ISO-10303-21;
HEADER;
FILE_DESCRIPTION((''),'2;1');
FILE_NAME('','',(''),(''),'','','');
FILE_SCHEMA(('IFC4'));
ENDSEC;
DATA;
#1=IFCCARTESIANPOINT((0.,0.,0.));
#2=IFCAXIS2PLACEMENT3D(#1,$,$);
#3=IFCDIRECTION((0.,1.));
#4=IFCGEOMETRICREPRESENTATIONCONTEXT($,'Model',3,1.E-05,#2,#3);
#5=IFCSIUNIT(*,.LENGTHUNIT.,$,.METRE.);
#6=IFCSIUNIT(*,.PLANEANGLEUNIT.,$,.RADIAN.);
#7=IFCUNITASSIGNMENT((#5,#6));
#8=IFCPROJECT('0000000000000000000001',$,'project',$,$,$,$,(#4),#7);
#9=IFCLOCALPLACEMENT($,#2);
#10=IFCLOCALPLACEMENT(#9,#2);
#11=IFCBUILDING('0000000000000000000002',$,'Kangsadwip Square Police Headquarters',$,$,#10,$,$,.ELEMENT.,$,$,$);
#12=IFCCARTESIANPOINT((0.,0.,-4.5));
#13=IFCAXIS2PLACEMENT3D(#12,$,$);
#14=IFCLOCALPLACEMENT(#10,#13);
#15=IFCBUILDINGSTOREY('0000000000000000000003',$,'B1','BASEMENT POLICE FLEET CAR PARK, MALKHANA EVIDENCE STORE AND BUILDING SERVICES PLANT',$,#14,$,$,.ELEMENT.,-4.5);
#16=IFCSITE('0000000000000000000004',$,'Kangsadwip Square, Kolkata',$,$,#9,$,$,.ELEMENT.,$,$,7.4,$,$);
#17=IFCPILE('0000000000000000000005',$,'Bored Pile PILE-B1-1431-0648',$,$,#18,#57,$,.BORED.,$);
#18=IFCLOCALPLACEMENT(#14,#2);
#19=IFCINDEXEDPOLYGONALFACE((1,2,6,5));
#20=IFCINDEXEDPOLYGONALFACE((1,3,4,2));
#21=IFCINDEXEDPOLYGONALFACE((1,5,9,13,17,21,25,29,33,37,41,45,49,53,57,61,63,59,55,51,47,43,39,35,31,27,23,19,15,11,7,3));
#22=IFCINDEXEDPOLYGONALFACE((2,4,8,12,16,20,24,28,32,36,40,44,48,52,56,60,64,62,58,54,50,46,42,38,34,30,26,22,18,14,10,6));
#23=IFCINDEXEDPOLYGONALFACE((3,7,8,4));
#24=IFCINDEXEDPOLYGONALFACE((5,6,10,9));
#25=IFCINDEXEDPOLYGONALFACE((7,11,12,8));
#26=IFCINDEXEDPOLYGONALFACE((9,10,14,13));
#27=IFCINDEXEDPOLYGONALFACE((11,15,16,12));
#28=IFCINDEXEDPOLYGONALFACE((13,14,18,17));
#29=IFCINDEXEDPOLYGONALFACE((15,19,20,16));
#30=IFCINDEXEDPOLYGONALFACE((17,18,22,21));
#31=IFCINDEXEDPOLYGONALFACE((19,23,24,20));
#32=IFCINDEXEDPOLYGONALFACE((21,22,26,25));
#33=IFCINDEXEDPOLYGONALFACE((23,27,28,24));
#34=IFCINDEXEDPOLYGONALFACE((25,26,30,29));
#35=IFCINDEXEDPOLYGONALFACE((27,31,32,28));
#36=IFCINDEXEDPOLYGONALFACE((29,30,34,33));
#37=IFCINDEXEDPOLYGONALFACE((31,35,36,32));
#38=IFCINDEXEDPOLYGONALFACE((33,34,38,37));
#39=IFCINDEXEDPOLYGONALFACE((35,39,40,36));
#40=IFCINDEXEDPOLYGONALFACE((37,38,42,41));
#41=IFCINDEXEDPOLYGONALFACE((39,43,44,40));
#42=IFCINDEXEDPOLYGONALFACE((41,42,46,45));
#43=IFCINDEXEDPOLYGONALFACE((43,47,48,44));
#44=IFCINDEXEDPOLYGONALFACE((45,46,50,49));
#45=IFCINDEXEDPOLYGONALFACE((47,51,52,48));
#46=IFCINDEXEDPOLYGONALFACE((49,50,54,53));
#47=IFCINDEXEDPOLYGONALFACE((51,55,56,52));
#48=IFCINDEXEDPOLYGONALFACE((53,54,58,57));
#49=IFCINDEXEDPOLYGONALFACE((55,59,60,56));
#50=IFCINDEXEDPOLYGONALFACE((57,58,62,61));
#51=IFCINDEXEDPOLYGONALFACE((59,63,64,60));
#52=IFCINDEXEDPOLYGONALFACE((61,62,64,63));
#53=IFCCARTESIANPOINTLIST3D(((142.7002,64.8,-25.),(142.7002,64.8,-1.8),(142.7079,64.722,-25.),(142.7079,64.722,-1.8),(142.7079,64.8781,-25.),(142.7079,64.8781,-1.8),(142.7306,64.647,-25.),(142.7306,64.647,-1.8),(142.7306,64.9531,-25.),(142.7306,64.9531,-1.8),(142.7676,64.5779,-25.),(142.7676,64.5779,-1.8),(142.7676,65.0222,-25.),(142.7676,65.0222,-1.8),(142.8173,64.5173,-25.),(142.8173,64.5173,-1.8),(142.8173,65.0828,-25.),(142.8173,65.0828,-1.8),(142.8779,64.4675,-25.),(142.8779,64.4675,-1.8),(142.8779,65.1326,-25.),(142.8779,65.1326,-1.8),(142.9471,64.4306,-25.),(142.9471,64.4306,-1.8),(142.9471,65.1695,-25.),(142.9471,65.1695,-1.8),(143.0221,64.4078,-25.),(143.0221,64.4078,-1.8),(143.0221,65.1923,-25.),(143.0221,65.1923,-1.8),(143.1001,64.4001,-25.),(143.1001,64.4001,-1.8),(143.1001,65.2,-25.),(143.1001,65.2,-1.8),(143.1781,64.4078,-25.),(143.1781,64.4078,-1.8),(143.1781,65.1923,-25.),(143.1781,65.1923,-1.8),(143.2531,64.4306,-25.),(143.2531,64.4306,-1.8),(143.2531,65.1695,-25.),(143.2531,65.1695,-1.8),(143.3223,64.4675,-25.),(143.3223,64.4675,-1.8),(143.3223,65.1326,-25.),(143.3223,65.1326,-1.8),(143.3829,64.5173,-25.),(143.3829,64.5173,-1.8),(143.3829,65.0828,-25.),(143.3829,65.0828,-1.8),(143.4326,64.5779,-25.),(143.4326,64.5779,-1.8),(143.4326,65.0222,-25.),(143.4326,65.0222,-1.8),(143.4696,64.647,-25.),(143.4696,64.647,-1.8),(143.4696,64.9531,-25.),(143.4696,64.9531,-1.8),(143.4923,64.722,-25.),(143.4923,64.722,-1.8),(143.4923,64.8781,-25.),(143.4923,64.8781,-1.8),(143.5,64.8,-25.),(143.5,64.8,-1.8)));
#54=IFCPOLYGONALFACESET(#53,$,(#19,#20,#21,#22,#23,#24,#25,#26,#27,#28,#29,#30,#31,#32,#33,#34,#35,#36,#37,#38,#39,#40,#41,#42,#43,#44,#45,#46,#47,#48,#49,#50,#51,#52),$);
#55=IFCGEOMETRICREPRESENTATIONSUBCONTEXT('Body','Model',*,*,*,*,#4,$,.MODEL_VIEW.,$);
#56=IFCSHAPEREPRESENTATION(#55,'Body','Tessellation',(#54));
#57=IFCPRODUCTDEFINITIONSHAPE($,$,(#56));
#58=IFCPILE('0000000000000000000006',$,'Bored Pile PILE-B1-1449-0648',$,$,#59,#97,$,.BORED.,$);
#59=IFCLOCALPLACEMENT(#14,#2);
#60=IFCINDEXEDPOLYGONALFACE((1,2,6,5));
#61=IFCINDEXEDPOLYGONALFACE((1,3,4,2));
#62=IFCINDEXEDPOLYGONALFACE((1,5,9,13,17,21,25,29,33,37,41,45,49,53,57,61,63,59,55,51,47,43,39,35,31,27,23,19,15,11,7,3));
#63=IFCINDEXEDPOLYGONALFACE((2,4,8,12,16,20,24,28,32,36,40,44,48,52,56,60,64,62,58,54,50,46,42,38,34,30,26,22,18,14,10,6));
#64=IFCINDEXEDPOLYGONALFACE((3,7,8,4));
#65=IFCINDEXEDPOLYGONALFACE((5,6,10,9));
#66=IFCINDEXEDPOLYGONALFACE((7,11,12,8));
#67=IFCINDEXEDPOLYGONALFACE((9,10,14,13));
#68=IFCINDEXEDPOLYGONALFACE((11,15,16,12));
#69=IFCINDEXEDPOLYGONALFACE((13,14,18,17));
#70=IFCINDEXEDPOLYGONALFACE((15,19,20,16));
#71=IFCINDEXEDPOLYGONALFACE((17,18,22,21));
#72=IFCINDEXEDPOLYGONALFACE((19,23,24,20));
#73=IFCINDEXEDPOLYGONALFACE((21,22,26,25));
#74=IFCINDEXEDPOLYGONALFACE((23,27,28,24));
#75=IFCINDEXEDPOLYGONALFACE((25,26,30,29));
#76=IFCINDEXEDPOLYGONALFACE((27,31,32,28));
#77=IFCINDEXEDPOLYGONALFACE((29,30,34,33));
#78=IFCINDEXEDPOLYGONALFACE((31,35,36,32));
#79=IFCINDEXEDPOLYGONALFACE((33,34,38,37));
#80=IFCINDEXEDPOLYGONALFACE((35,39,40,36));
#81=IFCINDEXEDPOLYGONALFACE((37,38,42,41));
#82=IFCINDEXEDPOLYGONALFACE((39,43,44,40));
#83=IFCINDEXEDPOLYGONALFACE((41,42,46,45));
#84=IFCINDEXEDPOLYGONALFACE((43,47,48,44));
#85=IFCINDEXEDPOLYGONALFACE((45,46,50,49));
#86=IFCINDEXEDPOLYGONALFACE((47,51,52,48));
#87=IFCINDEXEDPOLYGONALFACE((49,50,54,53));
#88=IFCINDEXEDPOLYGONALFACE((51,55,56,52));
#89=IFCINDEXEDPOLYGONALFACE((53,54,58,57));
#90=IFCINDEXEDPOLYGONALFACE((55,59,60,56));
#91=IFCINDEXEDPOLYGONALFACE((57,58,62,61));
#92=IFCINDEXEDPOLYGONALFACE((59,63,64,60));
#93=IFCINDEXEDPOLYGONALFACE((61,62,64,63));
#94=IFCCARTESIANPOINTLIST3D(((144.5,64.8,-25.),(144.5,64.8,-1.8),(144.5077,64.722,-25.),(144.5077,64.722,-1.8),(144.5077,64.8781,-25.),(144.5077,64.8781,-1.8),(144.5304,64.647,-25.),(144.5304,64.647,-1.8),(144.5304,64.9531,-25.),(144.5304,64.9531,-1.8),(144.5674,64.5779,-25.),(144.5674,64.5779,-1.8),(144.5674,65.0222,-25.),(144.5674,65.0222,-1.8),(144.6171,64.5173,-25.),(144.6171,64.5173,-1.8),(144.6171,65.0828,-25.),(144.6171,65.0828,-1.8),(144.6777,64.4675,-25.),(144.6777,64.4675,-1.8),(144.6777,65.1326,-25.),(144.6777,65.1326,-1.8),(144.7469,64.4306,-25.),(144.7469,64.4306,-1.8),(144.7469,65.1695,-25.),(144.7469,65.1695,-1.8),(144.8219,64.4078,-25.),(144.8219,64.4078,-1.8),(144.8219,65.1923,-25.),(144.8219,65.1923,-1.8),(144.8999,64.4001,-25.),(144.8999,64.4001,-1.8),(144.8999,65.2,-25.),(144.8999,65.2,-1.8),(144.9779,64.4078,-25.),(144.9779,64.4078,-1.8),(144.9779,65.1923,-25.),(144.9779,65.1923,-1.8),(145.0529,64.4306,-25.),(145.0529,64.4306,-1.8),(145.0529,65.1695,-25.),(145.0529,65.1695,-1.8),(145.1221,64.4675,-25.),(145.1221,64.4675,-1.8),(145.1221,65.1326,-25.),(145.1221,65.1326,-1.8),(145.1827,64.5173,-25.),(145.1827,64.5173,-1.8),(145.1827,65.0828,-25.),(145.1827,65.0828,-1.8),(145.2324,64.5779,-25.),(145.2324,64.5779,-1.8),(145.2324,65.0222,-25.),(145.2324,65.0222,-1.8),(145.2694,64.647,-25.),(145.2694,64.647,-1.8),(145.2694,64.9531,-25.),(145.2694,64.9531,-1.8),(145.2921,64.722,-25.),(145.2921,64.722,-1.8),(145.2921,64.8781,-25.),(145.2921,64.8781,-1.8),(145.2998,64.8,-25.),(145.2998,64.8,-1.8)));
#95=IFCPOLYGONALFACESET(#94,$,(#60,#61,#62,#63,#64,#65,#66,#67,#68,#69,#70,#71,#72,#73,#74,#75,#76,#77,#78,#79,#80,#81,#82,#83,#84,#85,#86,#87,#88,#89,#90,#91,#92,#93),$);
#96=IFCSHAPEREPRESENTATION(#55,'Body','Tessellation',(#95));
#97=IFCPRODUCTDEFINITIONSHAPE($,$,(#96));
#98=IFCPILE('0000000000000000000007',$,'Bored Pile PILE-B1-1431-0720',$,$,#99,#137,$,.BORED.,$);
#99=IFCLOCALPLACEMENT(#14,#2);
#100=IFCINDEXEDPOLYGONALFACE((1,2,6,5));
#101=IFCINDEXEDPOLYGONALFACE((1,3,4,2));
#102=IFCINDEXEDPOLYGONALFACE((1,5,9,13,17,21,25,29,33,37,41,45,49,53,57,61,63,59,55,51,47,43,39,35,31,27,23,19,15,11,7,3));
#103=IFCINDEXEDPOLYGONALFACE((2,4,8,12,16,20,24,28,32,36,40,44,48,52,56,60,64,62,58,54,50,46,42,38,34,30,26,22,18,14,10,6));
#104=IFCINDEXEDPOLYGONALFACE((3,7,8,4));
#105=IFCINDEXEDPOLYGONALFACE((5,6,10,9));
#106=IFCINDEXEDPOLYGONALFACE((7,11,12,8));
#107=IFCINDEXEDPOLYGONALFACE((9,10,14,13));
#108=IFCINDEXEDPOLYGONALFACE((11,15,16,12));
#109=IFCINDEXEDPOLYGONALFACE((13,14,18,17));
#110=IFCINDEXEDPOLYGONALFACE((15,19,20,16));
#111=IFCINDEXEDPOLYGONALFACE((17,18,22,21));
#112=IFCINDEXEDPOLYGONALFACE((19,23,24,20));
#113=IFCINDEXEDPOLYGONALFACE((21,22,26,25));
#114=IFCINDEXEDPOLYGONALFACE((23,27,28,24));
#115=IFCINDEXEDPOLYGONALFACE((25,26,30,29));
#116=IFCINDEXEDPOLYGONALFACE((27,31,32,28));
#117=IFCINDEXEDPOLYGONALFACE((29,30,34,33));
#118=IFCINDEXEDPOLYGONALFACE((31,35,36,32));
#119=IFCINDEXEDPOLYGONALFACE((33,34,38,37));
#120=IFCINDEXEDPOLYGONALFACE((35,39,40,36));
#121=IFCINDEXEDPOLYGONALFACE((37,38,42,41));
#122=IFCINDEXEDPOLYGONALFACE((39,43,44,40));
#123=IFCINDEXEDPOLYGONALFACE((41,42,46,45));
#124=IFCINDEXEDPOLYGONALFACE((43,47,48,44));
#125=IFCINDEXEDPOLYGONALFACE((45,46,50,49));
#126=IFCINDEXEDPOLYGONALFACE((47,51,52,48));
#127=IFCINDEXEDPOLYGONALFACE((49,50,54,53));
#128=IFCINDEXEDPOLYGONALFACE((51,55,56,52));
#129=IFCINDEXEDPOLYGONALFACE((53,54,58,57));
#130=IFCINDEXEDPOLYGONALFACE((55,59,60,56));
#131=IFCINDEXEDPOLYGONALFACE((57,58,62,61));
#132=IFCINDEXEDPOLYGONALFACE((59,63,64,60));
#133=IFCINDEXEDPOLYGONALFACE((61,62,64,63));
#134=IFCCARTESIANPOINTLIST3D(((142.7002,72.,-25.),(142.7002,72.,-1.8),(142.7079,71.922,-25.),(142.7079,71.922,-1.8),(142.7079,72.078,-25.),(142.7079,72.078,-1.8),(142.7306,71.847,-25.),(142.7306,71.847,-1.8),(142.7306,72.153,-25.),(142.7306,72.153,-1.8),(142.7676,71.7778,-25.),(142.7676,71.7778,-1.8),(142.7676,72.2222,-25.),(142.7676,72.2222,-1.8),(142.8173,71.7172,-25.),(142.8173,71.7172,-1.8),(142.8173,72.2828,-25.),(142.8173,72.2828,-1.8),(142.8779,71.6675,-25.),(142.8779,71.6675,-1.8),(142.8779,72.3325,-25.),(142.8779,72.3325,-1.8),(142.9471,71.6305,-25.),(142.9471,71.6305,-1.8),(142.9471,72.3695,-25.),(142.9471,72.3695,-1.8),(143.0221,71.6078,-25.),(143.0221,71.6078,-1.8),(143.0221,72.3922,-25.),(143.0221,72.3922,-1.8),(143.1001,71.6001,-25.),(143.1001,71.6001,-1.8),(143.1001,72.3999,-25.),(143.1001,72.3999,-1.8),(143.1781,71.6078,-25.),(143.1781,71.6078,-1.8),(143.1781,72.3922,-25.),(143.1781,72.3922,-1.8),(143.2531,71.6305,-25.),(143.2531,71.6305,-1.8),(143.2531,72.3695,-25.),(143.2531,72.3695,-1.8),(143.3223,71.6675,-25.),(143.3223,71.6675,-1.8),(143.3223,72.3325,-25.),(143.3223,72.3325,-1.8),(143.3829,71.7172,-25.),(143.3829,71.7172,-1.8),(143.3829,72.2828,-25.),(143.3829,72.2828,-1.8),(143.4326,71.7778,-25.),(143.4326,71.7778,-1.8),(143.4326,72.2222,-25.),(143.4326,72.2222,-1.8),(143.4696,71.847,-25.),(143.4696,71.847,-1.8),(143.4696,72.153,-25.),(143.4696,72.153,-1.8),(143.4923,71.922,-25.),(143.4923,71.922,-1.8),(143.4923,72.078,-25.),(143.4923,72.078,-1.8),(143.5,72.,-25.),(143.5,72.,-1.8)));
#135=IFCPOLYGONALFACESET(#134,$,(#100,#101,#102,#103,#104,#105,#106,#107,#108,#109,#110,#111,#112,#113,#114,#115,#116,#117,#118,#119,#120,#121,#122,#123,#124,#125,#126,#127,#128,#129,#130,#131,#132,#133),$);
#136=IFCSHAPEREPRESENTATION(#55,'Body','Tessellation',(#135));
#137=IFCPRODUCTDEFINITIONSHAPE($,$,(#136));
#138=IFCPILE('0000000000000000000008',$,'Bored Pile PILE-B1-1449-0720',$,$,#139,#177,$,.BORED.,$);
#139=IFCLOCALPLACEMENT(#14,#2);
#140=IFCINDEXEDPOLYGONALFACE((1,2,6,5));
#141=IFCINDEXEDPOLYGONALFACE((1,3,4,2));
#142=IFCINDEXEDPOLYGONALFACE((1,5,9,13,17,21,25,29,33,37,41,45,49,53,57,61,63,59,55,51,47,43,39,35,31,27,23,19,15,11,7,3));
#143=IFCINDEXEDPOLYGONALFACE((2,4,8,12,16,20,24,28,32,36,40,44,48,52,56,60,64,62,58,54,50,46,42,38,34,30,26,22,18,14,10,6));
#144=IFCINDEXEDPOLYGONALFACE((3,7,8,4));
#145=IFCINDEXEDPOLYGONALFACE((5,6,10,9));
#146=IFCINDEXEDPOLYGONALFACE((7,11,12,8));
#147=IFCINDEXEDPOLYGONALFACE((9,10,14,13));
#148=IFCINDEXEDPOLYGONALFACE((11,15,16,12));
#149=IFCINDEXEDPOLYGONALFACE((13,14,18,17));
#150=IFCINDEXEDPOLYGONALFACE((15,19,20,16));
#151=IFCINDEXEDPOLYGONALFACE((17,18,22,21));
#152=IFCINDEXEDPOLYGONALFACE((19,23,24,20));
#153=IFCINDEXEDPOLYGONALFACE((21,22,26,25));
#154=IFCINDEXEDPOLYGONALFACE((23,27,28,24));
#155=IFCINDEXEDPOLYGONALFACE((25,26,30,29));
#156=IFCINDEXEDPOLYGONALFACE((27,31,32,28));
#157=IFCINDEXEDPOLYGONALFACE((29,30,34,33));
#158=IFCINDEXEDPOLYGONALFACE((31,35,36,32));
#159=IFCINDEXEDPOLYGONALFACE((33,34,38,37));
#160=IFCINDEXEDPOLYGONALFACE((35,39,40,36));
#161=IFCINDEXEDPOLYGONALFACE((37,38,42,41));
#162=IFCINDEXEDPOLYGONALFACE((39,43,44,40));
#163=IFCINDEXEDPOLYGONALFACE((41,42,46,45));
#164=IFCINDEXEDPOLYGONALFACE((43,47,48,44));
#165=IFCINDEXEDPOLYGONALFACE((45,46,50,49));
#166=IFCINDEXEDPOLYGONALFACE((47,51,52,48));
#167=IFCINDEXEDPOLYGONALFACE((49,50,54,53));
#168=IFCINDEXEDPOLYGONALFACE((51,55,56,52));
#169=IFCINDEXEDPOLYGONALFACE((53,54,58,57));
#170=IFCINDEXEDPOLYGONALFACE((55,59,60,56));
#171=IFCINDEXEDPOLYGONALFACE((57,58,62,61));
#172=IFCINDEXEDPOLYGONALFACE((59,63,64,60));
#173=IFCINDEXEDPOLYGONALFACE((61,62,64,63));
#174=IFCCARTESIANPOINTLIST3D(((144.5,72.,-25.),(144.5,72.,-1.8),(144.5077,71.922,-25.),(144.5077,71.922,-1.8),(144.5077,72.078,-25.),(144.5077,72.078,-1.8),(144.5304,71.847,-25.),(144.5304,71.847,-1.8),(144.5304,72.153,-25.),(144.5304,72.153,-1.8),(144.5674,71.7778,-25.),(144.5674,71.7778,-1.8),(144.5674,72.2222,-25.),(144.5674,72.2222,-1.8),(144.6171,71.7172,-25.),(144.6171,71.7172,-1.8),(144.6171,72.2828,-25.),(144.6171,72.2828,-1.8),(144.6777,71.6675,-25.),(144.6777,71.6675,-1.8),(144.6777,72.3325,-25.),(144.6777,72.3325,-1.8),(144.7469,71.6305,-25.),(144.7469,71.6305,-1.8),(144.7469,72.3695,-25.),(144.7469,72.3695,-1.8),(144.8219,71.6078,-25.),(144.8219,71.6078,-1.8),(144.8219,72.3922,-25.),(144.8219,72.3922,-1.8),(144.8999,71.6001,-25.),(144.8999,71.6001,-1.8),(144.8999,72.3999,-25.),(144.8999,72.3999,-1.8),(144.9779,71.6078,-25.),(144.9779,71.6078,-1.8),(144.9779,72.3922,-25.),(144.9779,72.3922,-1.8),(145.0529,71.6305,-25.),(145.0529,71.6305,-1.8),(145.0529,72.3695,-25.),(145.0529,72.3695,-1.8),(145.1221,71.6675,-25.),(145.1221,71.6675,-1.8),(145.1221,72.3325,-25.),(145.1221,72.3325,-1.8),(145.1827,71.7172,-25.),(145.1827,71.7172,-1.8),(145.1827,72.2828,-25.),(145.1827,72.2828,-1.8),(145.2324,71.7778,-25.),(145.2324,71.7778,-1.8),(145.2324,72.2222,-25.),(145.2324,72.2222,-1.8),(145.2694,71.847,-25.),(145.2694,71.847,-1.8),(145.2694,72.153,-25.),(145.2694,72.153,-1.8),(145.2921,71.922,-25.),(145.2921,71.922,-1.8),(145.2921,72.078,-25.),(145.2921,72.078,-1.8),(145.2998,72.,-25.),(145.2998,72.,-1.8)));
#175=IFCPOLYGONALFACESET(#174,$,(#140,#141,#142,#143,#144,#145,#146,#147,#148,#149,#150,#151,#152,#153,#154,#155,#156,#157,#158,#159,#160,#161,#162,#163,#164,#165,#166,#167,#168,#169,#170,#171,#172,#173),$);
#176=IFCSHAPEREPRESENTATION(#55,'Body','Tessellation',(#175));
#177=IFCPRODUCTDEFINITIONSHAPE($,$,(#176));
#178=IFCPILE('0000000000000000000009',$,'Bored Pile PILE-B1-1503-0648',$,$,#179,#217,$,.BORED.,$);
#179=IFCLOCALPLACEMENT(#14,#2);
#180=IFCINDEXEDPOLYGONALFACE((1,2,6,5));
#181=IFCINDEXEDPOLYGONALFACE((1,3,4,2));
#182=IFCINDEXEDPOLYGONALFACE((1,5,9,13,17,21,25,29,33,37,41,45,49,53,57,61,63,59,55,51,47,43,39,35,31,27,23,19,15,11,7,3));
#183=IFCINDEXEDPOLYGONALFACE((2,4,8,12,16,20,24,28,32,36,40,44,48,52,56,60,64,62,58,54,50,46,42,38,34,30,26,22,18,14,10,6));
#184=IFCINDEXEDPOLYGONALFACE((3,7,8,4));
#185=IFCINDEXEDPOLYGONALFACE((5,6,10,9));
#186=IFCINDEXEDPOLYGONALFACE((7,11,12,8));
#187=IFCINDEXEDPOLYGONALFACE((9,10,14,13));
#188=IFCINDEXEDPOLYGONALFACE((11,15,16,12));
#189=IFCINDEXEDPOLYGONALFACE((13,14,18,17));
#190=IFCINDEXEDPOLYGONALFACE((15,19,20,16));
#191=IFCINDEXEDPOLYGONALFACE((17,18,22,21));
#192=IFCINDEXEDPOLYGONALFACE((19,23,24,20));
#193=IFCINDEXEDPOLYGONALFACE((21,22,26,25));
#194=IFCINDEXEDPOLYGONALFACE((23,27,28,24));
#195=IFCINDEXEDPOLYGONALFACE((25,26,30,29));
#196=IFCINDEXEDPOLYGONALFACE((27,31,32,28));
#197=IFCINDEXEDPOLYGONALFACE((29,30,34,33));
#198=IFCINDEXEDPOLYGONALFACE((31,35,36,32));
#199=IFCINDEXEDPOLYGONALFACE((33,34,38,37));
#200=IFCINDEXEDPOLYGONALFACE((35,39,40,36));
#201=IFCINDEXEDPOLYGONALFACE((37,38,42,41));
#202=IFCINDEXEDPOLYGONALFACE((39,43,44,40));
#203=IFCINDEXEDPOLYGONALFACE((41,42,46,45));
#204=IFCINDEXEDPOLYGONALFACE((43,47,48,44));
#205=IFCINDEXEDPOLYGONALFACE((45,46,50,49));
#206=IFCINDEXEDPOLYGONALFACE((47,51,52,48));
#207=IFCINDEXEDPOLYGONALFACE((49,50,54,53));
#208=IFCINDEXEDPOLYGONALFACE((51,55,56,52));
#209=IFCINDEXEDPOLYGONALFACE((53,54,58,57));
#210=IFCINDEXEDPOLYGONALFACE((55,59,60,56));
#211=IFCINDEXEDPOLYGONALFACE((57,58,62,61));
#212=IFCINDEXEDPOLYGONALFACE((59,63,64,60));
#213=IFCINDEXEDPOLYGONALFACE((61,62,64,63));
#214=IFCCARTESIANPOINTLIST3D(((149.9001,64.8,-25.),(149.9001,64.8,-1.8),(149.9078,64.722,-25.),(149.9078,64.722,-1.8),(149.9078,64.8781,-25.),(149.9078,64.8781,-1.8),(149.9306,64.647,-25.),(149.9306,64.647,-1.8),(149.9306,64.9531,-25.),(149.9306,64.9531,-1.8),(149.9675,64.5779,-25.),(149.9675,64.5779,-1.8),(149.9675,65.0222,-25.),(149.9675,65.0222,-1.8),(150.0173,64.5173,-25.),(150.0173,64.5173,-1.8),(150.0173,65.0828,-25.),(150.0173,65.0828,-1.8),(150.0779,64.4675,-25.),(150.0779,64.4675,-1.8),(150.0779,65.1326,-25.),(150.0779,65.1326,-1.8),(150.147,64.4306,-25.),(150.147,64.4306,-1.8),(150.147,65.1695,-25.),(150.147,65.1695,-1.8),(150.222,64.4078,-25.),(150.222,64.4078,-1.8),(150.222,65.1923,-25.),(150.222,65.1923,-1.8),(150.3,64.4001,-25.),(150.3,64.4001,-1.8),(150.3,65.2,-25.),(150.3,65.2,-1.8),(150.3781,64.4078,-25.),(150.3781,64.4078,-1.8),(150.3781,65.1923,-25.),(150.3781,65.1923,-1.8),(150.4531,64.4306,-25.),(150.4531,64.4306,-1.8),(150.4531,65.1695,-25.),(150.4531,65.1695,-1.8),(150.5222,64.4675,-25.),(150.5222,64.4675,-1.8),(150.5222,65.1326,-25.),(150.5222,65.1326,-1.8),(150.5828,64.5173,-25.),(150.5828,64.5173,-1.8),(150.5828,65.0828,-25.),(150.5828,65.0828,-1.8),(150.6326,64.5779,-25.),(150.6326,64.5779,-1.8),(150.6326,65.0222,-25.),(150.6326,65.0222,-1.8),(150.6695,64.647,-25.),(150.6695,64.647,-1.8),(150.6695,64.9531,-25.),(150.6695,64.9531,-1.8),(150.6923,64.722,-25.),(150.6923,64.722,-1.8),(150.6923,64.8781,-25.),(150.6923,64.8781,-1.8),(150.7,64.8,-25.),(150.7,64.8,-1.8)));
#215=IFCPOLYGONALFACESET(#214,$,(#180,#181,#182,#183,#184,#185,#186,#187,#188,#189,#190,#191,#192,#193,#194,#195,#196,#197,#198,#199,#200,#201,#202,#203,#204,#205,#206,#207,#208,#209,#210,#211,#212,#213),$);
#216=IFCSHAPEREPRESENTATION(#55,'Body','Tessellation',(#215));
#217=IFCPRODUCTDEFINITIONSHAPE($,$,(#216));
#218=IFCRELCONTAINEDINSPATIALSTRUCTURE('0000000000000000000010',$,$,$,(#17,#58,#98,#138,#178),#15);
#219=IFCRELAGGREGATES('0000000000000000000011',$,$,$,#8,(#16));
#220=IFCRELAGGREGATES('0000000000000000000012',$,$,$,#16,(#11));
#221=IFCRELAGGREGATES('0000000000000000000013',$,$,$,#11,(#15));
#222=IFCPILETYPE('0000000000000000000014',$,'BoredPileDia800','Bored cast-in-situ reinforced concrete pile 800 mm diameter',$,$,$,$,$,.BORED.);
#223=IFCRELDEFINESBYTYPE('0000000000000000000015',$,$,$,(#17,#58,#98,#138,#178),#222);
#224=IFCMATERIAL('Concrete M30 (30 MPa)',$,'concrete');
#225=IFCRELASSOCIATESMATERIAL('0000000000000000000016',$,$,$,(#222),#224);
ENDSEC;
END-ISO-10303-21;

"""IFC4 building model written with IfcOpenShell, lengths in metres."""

from ifc_helpers import new_model, si_unit, direction, frame, origin, origin_2d, place, context, subcontext, project, spatial, circle, extrude, material, material_profile, profile_set, type_object, element, save


model = new_model("IFC4")

# Units and contexts
model_context = context("Model", 3, precision=1e-05, world=origin(), true_north=direction((0.0, 1.0)))
body_context = subcontext(model_context, "Body", "Model", "MODEL_VIEW")
ifc_project = project(units=[si_unit("LENGTHUNIT", "METRE"), si_unit("PLANEANGLEUNIT", "RADIAN")], contexts=[model_context])

# Site, building, storey
site_placement = place(None, origin())
site = spatial("IfcSite", under=ifc_project, at=site_placement, Name="Kangsadwip Square, Kolkata", CompositionType="ELEMENT", RefElevation=7.4)
building_placement = place(site_placement, origin())
building = spatial("IfcBuilding", under=site, at=building_placement, Name="Kangsadwip Square Police Headquarters", CompositionType="ELEMENT")
storey_placement = place(building_placement, frame((0.0, 0.0, -4.5)))
storey = spatial("IfcBuildingStorey", under=building, at=storey_placement, Name="B1", Description="BASEMENT POLICE FLEET CAR PARK, MALKHANA EVIDENCE STORE AND BUILDING SERVICES PLANT", CompositionType="ELEMENT", Elevation=-4.5)

# Piles
ifc_material_1 = material(Name="Concrete M30 (30 MPa)", Category="concrete")
ifc_material_profile_1 = material_profile(ifc_material_1, circle(Radius=0.3999, at=origin_2d()), Name="PILE DIA 800")
ifc_profile_set_1 = profile_set([ifc_material_profile_1], Name="Concrete M30 (30 MPa)")
pile_type = type_object("IfcPileType", Name="BoredPileDia800", Description="Bored cast-in-situ reinforced concrete pile 800 mm diameter", PredefinedType="BORED", material=ifc_profile_set_1)
for number, where, z_axis, x_axis, name in (
    (1, (143.1001, 64.8, -1.8), (0.0, 0.0, -1.0), (1.0, 0.0, 0.0), "Bored Pile PILE-B1-1431-0648"),
    (2, (144.8999, 64.8, -1.8), (0.0, 0.0, -1.0), (1.0, 0.0, 0.0), "Bored Pile PILE-B1-1449-0648"),
    (3, (143.1001, 72.0, -1.8), (0.0, 0.0, -1.0), (1.0, 0.0, 0.0), "Bored Pile PILE-B1-1431-0720"),
    (4, (144.8999, 72.0, -1.8), (0.0, 0.0, -1.0), (1.0, 0.0, 0.0), "Bored Pile PILE-B1-1449-0720"),
    (5, (150.3, 64.8, -1.8), (0.0, 0.0, -1.0), (1.0, 0.0, 0.0), "Bored Pile PILE-B1-1503-0648"),
):
    element("IfcPile", number, at=place(storey_placement, frame(where, z_axis=z_axis, x_axis=x_axis)), inside=storey, type_object=pile_type, Name=name, PredefinedType="BORED", context=body_context, shape_type="SweptSolid", body=[
        extrude(circle(Radius=0.3999, at=origin_2d()), origin(), (0.0, 0.0, 1.0), 23.2),
    ])

save(model, "model.ifc")
